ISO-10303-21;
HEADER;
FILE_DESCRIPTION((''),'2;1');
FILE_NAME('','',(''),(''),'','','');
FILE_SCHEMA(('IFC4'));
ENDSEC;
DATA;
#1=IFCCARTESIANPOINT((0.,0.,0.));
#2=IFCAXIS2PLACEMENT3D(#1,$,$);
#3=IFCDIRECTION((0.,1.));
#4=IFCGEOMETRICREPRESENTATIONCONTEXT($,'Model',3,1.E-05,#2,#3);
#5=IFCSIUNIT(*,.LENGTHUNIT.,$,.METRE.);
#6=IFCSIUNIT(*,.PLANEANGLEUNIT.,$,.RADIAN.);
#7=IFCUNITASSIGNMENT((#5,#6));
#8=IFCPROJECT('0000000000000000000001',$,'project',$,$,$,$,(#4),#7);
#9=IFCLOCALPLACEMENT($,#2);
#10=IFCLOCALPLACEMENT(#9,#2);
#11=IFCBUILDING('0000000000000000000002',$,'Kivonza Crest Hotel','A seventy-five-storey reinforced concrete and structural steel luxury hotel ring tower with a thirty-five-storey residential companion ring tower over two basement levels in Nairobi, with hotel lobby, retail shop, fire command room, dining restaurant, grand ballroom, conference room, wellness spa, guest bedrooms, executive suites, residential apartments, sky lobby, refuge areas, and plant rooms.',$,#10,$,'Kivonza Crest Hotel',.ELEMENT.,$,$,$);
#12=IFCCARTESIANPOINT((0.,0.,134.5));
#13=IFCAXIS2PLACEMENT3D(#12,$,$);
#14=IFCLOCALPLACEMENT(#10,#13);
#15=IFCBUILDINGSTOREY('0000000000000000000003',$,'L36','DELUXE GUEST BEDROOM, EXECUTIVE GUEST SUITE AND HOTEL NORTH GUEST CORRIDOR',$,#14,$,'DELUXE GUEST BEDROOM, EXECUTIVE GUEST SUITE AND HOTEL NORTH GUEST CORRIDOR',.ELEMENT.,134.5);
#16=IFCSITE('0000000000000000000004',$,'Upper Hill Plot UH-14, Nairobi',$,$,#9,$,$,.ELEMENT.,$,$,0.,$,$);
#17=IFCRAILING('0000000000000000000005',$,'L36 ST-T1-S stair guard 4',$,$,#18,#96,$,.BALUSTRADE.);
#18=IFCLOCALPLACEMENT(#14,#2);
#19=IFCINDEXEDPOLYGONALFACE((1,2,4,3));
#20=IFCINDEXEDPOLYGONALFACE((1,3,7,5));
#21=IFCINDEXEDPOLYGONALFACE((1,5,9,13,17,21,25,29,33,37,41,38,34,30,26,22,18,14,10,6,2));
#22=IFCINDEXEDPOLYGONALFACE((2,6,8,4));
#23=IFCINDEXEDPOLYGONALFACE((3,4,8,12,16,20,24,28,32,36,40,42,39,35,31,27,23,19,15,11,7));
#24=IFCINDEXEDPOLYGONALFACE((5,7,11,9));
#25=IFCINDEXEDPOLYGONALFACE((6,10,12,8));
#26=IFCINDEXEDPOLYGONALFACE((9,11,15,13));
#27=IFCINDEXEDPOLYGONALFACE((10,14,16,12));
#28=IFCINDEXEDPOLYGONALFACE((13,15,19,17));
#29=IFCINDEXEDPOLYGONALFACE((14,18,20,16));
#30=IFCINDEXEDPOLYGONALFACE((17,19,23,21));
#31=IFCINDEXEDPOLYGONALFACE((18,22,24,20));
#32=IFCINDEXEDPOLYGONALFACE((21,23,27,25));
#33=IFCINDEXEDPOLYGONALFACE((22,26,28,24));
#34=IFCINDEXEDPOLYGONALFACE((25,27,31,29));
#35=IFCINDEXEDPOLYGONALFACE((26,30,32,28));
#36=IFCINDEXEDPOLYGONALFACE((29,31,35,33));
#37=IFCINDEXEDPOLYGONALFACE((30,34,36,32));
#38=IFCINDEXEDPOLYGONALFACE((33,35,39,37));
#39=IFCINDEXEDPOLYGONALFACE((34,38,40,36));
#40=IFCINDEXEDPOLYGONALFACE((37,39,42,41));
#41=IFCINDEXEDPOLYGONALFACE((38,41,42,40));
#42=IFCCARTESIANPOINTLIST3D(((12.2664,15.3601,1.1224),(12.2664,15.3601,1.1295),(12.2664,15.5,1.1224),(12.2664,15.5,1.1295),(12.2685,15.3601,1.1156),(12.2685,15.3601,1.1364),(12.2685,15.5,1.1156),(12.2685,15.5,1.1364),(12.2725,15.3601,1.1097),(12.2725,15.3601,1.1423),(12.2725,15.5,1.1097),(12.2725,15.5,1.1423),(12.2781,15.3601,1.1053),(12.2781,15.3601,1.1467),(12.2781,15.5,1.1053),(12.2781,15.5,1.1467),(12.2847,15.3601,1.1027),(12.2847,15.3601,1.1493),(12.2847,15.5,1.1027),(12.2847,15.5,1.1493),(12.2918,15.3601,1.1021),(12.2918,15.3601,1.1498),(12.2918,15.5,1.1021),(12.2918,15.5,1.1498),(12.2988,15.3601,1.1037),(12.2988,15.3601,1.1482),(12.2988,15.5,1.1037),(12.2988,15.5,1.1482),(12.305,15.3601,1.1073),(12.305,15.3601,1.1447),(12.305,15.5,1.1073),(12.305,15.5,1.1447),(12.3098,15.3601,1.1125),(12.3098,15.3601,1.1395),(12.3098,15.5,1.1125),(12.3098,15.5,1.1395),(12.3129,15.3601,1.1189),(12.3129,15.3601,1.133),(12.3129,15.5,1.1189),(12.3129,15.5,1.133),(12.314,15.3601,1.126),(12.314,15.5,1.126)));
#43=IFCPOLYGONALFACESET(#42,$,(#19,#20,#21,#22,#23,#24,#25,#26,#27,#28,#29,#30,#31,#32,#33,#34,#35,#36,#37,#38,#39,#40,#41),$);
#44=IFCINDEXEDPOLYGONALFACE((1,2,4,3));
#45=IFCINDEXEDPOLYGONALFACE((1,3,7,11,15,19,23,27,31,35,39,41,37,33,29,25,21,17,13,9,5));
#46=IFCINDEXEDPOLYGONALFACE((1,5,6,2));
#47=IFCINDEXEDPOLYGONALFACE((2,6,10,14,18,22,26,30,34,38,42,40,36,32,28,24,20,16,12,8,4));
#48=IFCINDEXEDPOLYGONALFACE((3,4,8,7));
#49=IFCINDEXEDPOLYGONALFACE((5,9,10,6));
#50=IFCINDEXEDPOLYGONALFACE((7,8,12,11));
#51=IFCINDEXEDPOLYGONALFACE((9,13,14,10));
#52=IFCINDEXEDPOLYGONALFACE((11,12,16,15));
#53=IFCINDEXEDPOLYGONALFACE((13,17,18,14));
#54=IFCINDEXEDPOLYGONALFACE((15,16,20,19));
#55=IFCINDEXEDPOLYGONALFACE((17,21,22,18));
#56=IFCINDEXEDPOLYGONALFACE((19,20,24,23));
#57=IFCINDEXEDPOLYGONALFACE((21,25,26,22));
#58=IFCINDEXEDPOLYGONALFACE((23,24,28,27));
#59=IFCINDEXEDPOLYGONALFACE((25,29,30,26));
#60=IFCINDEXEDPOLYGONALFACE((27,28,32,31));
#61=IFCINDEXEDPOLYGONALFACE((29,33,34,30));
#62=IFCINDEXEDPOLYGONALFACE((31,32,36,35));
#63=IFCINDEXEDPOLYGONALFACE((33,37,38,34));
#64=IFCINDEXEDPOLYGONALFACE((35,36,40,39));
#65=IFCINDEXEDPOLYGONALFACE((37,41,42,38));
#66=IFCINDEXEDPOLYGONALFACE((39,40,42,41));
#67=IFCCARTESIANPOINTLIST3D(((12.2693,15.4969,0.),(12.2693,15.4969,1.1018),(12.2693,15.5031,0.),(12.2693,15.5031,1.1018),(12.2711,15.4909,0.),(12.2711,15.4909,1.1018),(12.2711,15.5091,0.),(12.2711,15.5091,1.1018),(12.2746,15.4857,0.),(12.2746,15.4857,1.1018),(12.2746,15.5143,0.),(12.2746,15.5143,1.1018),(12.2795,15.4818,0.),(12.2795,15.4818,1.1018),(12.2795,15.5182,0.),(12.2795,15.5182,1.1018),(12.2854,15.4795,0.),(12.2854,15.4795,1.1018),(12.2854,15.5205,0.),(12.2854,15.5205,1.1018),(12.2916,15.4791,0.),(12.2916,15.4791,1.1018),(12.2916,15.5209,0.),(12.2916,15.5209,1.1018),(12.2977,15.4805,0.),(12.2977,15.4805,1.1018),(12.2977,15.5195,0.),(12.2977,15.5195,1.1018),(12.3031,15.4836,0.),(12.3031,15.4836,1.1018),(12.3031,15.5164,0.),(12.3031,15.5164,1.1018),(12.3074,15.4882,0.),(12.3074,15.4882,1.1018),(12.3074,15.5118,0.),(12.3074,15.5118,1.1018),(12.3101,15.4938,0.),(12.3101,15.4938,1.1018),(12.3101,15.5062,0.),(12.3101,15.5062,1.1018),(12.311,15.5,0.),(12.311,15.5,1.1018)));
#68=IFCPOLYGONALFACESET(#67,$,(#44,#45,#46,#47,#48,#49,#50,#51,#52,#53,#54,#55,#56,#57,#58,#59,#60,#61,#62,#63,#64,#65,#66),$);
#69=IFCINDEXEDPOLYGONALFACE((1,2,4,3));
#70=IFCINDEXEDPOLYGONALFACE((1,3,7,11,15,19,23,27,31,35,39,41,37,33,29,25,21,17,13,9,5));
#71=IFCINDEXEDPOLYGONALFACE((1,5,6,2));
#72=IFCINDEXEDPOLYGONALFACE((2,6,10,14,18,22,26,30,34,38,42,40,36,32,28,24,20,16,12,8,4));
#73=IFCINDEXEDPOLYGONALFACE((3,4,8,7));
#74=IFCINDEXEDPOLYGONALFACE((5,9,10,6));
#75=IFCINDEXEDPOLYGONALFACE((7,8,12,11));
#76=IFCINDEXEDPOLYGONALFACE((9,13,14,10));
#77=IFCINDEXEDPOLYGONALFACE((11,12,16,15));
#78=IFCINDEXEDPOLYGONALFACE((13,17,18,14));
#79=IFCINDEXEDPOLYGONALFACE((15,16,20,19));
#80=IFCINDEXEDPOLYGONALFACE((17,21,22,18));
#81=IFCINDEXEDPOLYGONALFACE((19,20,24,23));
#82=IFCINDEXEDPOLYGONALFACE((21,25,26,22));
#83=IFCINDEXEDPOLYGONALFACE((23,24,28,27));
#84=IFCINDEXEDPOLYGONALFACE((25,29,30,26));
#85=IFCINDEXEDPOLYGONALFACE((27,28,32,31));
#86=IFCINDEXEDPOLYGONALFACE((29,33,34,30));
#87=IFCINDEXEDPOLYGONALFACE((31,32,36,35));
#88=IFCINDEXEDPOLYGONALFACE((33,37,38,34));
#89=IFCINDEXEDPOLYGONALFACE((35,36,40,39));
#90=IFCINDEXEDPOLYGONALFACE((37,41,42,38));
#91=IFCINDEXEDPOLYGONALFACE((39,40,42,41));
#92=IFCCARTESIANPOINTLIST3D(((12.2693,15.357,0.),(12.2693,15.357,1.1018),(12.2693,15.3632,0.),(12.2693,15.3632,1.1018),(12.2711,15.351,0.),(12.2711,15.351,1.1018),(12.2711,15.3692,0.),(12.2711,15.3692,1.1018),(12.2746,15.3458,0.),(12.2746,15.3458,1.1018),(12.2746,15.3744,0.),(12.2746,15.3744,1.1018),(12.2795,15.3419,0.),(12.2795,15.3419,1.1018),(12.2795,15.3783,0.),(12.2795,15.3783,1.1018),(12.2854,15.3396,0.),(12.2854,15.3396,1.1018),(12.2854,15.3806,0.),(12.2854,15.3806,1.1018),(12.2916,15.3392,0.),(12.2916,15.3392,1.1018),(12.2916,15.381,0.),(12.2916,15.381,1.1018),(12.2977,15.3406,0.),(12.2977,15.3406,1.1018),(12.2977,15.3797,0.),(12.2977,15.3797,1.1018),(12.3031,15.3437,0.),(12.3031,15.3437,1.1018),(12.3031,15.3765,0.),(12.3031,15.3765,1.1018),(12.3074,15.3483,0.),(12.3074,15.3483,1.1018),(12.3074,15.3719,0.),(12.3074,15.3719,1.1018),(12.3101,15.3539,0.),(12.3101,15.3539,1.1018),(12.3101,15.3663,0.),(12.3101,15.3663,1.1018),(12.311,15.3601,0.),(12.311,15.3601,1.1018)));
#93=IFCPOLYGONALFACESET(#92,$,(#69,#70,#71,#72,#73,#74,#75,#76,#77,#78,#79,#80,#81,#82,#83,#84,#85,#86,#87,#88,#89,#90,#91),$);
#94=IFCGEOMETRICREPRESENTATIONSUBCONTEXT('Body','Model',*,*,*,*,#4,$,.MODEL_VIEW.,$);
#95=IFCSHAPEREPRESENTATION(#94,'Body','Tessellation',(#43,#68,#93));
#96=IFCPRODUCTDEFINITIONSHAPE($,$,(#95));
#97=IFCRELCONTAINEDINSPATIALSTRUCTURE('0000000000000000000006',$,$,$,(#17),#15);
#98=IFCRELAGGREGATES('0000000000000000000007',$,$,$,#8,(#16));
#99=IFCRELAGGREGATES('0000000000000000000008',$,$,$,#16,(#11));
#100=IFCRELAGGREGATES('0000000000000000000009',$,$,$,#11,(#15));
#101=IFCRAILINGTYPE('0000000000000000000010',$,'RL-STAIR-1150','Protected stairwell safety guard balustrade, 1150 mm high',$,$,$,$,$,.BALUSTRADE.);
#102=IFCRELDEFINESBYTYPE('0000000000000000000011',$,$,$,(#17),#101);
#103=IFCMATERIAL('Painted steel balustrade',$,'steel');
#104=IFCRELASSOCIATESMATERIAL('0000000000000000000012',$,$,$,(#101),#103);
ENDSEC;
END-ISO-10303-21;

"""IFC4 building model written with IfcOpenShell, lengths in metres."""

from ifc_helpers import new_model, si_unit, direction, frame, origin, origin_2d, place, context, subcontext, project, spatial, circle, extrude, material, type_object, element, save


model = new_model("IFC4")

# Units and contexts
model_context = context("Model", 3, precision=1e-05, world=origin(), true_north=direction((0.0, 1.0)))
body_context = subcontext(model_context, "Body", "Model", "MODEL_VIEW")
ifc_project = project(units=[si_unit("LENGTHUNIT", "METRE"), si_unit("PLANEANGLEUNIT", "RADIAN")], contexts=[model_context])

# Site, building, storey
site_placement = place(None, origin())
site = spatial("IfcSite", under=ifc_project, at=site_placement, Name="Upper Hill Plot UH-14, Nairobi", CompositionType="ELEMENT", RefElevation=0.0)
building_placement = place(site_placement, origin())
building = spatial("IfcBuilding", under=site, at=building_placement, Name="Kivonza Crest Hotel", Description="A seventy-five-storey reinforced concrete and structural steel luxury hotel ring tower with a thirty-five-storey residential companion ring tower over two basement levels in Nairobi, with hotel lobby, retail shop, fire command room, dining restaurant, grand ballroom, conference room, wellness spa, guest bedrooms, executive suites, residential apartments, sky lobby, refuge areas, and plant rooms.", LongName="Kivonza Crest Hotel", CompositionType="ELEMENT")
storey_placement = place(building_placement, frame((0.0, 0.0, 134.5)))
storey = spatial("IfcBuildingStorey", under=building, at=storey_placement, Name="L36", Description="DELUXE GUEST BEDROOM, EXECUTIVE GUEST SUITE AND HOTEL NORTH GUEST CORRIDOR", LongName="DELUXE GUEST BEDROOM, EXECUTIVE GUEST SUITE AND HOTEL NORTH GUEST CORRIDOR", CompositionType="ELEMENT", Elevation=134.5)

# Railing
ifc_material_1 = material(Name="Painted steel balustrade", Category="steel")
railing_type_1 = type_object("IfcRailingType", Name="RL-STAIR-1150", Description="Protected stairwell safety guard balustrade, 1150 mm high", PredefinedType="BALUSTRADE", material=ifc_material_1)
railing_1_placement = place(storey_placement, frame((12.29, 15.5, 0.0)))
element("IfcRailing", 1, at=railing_1_placement, inside=storey, type_object=railing_type_1, Name="L36 ST-T1-S stair guard 4", PredefinedType="BALUSTRADE", context=body_context, shape_type="SweptSolid", body=[
    extrude(circle(Radius=0.0239, at=origin_2d()), frame((0.0, 0.0, 1.126), z_axis=(0.0, -1.0, 0.0), x_axis=(1.0, 0.0, 0.0)), (0.0, 0.0, 1.0), 0.1399),
    extrude(circle(Radius=0.021, at=origin_2d()), origin(), (0.0, 0.0, 1.0), 1.1018),
    extrude(circle(Radius=0.021, at=origin_2d()), frame((0.0, -0.1399, 0.0)), (0.0, 0.0, 1.0), 1.1018),
])

save(model, "model.ifc")
